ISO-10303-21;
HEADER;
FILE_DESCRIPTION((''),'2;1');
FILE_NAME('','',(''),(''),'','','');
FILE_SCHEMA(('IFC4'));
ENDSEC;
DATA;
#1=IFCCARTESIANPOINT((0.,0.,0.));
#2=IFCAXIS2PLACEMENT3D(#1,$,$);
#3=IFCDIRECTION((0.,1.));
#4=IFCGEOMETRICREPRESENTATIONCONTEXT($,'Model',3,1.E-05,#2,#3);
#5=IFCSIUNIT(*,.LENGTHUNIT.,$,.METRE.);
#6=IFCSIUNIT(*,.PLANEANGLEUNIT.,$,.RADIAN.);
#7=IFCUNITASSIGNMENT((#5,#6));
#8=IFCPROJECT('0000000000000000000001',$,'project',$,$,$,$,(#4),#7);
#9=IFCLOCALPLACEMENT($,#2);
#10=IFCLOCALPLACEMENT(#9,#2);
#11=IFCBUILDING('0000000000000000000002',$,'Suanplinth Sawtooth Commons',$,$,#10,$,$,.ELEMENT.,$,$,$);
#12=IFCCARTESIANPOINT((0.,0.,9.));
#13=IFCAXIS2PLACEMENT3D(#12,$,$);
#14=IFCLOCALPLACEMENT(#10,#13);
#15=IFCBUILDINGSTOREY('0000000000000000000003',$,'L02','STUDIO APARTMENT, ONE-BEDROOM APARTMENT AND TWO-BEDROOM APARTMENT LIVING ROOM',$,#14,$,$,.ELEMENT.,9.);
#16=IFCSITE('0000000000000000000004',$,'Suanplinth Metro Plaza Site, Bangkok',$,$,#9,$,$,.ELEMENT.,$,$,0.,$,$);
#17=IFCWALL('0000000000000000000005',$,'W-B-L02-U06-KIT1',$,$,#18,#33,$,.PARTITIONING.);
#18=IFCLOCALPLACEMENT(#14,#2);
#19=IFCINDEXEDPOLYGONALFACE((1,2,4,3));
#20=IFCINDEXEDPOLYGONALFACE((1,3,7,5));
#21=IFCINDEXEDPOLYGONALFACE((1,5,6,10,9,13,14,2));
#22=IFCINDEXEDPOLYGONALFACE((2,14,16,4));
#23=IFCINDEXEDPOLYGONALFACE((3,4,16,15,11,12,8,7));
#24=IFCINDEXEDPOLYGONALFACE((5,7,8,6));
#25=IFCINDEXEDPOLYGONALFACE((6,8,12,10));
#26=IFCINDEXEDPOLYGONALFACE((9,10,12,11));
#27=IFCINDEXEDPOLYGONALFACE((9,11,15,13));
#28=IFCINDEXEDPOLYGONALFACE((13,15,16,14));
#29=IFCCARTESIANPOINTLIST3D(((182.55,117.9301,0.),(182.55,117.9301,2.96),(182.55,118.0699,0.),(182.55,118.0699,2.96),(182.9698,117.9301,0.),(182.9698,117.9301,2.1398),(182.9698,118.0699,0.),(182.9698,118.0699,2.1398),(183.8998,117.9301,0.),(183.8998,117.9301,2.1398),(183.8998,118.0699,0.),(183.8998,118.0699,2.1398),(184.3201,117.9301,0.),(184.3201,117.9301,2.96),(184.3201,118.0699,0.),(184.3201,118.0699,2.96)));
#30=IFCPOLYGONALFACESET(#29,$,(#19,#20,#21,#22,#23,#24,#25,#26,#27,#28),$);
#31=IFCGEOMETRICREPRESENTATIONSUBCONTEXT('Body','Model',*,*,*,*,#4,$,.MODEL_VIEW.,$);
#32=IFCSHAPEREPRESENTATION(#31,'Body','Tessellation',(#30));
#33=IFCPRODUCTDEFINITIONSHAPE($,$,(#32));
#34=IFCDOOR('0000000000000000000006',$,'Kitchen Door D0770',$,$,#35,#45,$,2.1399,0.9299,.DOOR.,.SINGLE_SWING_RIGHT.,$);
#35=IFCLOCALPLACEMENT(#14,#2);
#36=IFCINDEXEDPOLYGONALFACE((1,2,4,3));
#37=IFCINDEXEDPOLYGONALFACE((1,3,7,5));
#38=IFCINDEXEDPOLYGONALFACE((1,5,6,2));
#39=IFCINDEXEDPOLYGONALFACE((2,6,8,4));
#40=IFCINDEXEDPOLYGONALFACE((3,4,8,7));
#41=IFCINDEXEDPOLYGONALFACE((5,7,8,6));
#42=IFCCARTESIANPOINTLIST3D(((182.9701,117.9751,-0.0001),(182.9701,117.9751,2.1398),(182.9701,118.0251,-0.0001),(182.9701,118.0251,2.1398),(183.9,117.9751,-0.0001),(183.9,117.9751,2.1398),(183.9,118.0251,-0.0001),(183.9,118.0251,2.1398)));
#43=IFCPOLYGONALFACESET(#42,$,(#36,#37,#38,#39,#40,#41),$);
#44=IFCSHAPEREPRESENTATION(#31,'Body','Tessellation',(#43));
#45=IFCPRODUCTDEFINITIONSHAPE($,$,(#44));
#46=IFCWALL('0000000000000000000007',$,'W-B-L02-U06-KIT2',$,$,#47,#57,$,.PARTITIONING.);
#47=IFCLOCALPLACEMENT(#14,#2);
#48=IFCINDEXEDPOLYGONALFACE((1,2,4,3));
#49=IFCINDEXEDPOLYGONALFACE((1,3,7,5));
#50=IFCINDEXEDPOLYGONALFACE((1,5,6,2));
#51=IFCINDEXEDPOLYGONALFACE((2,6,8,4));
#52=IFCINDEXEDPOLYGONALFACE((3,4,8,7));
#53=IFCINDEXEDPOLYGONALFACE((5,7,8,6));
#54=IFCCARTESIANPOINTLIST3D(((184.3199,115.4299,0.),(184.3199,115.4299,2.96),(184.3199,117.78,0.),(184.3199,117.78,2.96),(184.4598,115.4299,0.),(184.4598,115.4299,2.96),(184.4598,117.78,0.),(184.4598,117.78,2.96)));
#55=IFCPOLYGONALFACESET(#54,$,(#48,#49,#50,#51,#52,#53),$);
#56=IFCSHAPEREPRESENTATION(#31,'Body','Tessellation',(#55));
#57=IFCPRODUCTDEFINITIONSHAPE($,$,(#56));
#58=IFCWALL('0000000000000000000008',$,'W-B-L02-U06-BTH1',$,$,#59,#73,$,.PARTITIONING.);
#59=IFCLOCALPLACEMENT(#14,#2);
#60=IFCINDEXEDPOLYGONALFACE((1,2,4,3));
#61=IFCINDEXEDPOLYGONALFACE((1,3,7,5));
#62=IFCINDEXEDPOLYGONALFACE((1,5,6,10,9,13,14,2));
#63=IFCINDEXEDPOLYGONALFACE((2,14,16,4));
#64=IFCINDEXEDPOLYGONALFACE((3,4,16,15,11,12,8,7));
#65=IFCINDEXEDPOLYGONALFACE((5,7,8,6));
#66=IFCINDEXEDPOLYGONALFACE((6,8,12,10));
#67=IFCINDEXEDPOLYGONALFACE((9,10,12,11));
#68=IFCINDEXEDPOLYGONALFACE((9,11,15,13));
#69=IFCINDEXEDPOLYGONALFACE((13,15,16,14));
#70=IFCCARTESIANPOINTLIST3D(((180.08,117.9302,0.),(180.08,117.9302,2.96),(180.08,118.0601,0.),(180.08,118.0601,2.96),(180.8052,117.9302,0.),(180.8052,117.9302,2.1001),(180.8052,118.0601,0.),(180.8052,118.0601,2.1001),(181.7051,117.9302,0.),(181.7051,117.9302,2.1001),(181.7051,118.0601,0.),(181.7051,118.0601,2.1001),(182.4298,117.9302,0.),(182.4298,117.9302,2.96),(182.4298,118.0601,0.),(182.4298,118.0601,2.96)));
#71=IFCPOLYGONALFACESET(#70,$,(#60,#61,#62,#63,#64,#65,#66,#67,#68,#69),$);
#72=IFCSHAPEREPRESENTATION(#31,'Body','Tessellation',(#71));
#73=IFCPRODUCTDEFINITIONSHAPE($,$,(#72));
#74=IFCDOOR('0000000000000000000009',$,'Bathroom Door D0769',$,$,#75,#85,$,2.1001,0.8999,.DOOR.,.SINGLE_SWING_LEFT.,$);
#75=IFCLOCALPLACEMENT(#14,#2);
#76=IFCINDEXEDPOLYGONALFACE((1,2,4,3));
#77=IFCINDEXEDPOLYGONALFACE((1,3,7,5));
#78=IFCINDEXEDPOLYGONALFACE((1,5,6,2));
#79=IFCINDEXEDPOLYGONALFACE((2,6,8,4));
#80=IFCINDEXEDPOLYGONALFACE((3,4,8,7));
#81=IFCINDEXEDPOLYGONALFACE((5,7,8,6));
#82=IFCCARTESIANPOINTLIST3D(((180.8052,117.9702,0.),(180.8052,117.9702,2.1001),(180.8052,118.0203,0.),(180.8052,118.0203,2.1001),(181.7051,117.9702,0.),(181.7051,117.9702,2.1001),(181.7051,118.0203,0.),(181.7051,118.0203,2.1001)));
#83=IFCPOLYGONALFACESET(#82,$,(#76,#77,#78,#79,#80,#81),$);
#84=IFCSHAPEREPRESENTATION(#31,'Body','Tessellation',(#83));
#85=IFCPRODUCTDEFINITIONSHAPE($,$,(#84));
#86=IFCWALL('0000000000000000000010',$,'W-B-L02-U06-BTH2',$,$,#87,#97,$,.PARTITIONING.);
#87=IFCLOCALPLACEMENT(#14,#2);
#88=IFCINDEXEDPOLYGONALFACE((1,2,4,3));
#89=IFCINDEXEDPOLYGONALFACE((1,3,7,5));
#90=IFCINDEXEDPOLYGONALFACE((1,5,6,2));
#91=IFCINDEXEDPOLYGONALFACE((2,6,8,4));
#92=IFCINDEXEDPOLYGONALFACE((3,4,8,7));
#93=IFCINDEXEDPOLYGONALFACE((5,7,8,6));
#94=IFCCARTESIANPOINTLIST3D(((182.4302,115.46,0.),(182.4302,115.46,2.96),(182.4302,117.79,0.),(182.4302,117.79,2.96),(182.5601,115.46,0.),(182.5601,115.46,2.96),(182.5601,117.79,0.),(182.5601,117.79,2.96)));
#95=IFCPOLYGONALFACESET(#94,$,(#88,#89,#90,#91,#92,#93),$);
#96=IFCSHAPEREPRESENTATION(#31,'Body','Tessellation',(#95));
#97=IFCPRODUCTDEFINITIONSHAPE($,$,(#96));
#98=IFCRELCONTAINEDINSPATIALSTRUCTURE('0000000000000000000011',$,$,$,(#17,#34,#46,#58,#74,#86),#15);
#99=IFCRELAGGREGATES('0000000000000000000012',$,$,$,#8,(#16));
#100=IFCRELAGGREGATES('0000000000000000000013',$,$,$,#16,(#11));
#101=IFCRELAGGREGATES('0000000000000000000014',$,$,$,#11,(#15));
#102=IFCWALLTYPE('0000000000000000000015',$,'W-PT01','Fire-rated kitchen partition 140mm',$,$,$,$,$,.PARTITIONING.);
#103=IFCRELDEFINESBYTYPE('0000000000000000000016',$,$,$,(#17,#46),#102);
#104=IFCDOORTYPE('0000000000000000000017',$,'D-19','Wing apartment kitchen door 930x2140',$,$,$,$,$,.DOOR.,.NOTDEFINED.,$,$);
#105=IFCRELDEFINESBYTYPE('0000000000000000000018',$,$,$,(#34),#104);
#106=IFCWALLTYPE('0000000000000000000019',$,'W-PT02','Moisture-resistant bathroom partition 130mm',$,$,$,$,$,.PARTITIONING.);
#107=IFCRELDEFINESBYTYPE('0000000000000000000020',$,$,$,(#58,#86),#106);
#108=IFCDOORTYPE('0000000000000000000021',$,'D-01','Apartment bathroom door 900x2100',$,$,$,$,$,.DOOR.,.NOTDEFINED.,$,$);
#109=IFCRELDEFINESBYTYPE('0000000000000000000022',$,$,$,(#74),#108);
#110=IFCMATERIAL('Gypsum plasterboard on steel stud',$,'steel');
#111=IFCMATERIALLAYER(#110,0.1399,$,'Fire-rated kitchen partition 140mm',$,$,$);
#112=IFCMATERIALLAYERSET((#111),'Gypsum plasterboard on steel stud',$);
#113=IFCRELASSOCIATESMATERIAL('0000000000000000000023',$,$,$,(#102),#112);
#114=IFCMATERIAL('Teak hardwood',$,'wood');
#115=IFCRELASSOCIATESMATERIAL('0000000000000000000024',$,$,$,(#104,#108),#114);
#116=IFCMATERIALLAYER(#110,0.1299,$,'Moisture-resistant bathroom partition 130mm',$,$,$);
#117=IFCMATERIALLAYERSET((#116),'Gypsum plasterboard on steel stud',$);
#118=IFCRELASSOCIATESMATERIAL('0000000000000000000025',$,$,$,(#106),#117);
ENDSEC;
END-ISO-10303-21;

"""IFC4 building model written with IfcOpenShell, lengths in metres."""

from ifc_helpers import new_model, si_unit, direction, frame, frame_2d, origin, place, context, subcontext, project, spatial, rectangle, extrude, material, layer, layer_set, type_object, element, fill, save


model = new_model("IFC4")

# Units and contexts
model_context = context("Model", 3, precision=1e-05, world=origin(), true_north=direction((0.0, 1.0)))
body_context = subcontext(model_context, "Body", "Model", "MODEL_VIEW")
ifc_project = project(units=[si_unit("LENGTHUNIT", "METRE"), si_unit("PLANEANGLEUNIT", "RADIAN")], contexts=[model_context])

# Site, building, storey
site_placement = place(None, origin())
site = spatial("IfcSite", under=ifc_project, at=site_placement, Name="Suanplinth Metro Plaza Site, Bangkok", CompositionType="ELEMENT", RefElevation=0.0)
building_placement = place(site_placement, origin())
building = spatial("IfcBuilding", under=site, at=building_placement, Name="Suanplinth Sawtooth Commons", CompositionType="ELEMENT")
storey_placement = place(building_placement, frame((0.0, 0.0, 9.0)))
storey = spatial("IfcBuildingStorey", under=building, at=storey_placement, Name="L02", Description="STUDIO APARTMENT, ONE-BEDROOM APARTMENT AND TWO-BEDROOM APARTMENT LIVING ROOM", CompositionType="ELEMENT", Elevation=9.0)

# Wall, opening, door
ifc_material_1 = material(Name="Gypsum plasterboard on steel stud", Category="steel")
ifc_layer_1 = layer(ifc_material_1, 0.1399, Name="Fire-rated kitchen partition 140mm")
ifc_layer_set_1 = layer_set([ifc_layer_1], Name="Gypsum plasterboard on steel stud")
wall_type_1 = type_object("IfcWallType", Name="W-PT01", Description="Fire-rated kitchen partition 140mm", PredefinedType="PARTITIONING", material=ifc_layer_set_1)
wall_1_placement = place(storey_placement, frame((182.55, 118.0, 0.0), z_axis=(0.0, 0.0, 1.0), x_axis=(1.0, 0.0, 0.0)))
wall_1 = element("IfcWall", 1, at=wall_1_placement, inside=storey, type_object=wall_type_1, Name="W-B-L02-U06-KIT1", PredefinedType="PARTITIONING", context=body_context, shape_type="SweptSolid", body=[
    extrude(rectangle(XDim=1.77, YDim=0.1399, at=frame_2d((0.885, 0.0))), origin(), (0.0, 0.0, 1.0), 2.96),
])
opening_1_placement = place(wall_1_placement, frame((0.4199, 0.0, 0.0)))
opening_1 = element("IfcOpeningElement", 2, at=opening_1_placement, cuts=wall_1, PredefinedType="OPENING", context=body_context, shape_type="SweptSolid", body=[
    extrude(rectangle(XDim=0.9299, YDim=2.1399, at=frame_2d((0.4648, 1.0698))), frame((0.0, 0.085, 0.0), z_axis=(0.0, -1.0, 0.0), x_axis=(1.0, 0.0, 0.0)), (0.0, 0.0, 1.0), 0.1697),
])
ifc_material_2 = material(Name="Teak hardwood", Category="wood")
door_type_1 = type_object("IfcDoorType", Name="D-19", Description="Wing apartment kitchen door 930x2140", OperationType="NOTDEFINED", PredefinedType="DOOR", material=ifc_material_2)
door_1_placement = place(opening_1_placement, frame((0.9299, 0.0, 0.0), z_axis=(0.0, 0.0, 1.0), x_axis=(-1.0, 0.0, 0.0)))
door_1 = element("IfcDoor", 3, at=door_1_placement, inside=storey, type_object=door_type_1, Name="Kitchen Door D0770", OperationType="SINGLE_SWING_RIGHT", OverallHeight=2.1399, OverallWidth=0.9299, PredefinedType="DOOR", context=body_context, shape_type="SweptSolid", body=[
    extrude(rectangle(XDim=0.9299, YDim=2.1399, at=frame_2d((0.4648, 1.0698))), frame((0.0, 0.0249, 0.0), z_axis=(0.0, -1.0, 0.0), x_axis=(1.0, 0.0, 0.0)), (0.0, 0.0, 1.0), 0.05),
])
fill(opening_1, door_1)

# Wall
wall_2_placement = place(storey_placement, frame((184.3899, 115.4299, 0.0), z_axis=(0.0, 0.0, 1.0), x_axis=(0.0, 1.0, 0.0)))
element("IfcWall", 4, at=wall_2_placement, inside=storey, type_object=wall_type_1, Name="W-B-L02-U06-KIT2", PredefinedType="PARTITIONING", context=body_context, shape_type="SweptSolid", body=[
    extrude(rectangle(XDim=2.3501, YDim=0.1399, at=frame_2d((1.175, 0.0))), origin(), (0.0, 0.0, 1.0), 2.96),
])

# Wall, opening, door
ifc_layer_2 = layer(ifc_material_1, 0.1299, Name="Moisture-resistant bathroom partition 130mm")
ifc_layer_set_2 = layer_set([ifc_layer_2], Name="Gypsum plasterboard on steel stud")
wall_type_2 = type_object("IfcWallType", Name="W-PT02", Description="Moisture-resistant bathroom partition 130mm", PredefinedType="PARTITIONING", material=ifc_layer_set_2)
wall_3_placement = place(storey_placement, frame((180.0801, 117.9951, 0.0), z_axis=(0.0, 0.0, 1.0), x_axis=(1.0, 0.0, 0.0)))
wall_3 = element("IfcWall", 5, at=wall_3_placement, inside=storey, type_object=wall_type_2, Name="W-B-L02-U06-BTH1", PredefinedType="PARTITIONING", context=body_context, shape_type="SweptSolid", body=[
    extrude(rectangle(XDim=2.3499, YDim=0.1299, at=frame_2d((1.1748, 0.0))), origin(), (0.0, 0.0, 1.0), 2.96),
])
opening_2_placement = place(wall_3_placement, frame((0.7251, 0.0, 0.0)))
opening_2 = element("IfcOpeningElement", 6, at=opening_2_placement, cuts=wall_3, PredefinedType="OPENING", context=body_context, shape_type="SweptSolid", body=[
    extrude(rectangle(XDim=0.8999, YDim=2.1001, at=frame_2d((0.45, 1.05))), frame((0.0, 0.0798, 0.0), z_axis=(0.0, -1.0, 0.0), x_axis=(1.0, 0.0, 0.0)), (0.0, 0.0, 1.0), 0.1597),
])
door_type_2 = type_object("IfcDoorType", Name="D-01", Description="Apartment bathroom door 900x2100", OperationType="NOTDEFINED", PredefinedType="DOOR", material=ifc_material_2)
door_2_placement = place(opening_2_placement, frame((0.8999, 0.0, 0.0), z_axis=(0.0, 0.0, 1.0), x_axis=(-1.0, 0.0, 0.0)))
door_2 = element("IfcDoor", 7, at=door_2_placement, inside=storey, type_object=door_type_2, Name="Bathroom Door D0769", OperationType="SINGLE_SWING_LEFT", OverallHeight=2.1001, OverallWidth=0.8999, PredefinedType="DOOR", context=body_context, shape_type="SweptSolid", body=[
    extrude(rectangle(XDim=0.8999, YDim=2.1001, at=frame_2d((0.45, 1.05))), frame((0.0, 0.0249, 0.0), z_axis=(0.0, -1.0, 0.0), x_axis=(1.0, 0.0, 0.0)), (0.0, 0.0, 1.0), 0.05),
])
fill(opening_2, door_2)

# Wall
wall_4_placement = place(storey_placement, frame((182.4951, 115.46, 0.0), z_axis=(0.0, 0.0, 1.0), x_axis=(0.0, 1.0, 0.0)))
element("IfcWall", 8, at=wall_4_placement, inside=storey, type_object=wall_type_2, Name="W-B-L02-U06-BTH2", PredefinedType="PARTITIONING", context=body_context, shape_type="SweptSolid", body=[
    extrude(rectangle(XDim=2.3301, YDim=0.1299, at=frame_2d((1.165, 0.0))), origin(), (0.0, 0.0, 1.0), 2.96),
])

save(model, "model.ifc")
